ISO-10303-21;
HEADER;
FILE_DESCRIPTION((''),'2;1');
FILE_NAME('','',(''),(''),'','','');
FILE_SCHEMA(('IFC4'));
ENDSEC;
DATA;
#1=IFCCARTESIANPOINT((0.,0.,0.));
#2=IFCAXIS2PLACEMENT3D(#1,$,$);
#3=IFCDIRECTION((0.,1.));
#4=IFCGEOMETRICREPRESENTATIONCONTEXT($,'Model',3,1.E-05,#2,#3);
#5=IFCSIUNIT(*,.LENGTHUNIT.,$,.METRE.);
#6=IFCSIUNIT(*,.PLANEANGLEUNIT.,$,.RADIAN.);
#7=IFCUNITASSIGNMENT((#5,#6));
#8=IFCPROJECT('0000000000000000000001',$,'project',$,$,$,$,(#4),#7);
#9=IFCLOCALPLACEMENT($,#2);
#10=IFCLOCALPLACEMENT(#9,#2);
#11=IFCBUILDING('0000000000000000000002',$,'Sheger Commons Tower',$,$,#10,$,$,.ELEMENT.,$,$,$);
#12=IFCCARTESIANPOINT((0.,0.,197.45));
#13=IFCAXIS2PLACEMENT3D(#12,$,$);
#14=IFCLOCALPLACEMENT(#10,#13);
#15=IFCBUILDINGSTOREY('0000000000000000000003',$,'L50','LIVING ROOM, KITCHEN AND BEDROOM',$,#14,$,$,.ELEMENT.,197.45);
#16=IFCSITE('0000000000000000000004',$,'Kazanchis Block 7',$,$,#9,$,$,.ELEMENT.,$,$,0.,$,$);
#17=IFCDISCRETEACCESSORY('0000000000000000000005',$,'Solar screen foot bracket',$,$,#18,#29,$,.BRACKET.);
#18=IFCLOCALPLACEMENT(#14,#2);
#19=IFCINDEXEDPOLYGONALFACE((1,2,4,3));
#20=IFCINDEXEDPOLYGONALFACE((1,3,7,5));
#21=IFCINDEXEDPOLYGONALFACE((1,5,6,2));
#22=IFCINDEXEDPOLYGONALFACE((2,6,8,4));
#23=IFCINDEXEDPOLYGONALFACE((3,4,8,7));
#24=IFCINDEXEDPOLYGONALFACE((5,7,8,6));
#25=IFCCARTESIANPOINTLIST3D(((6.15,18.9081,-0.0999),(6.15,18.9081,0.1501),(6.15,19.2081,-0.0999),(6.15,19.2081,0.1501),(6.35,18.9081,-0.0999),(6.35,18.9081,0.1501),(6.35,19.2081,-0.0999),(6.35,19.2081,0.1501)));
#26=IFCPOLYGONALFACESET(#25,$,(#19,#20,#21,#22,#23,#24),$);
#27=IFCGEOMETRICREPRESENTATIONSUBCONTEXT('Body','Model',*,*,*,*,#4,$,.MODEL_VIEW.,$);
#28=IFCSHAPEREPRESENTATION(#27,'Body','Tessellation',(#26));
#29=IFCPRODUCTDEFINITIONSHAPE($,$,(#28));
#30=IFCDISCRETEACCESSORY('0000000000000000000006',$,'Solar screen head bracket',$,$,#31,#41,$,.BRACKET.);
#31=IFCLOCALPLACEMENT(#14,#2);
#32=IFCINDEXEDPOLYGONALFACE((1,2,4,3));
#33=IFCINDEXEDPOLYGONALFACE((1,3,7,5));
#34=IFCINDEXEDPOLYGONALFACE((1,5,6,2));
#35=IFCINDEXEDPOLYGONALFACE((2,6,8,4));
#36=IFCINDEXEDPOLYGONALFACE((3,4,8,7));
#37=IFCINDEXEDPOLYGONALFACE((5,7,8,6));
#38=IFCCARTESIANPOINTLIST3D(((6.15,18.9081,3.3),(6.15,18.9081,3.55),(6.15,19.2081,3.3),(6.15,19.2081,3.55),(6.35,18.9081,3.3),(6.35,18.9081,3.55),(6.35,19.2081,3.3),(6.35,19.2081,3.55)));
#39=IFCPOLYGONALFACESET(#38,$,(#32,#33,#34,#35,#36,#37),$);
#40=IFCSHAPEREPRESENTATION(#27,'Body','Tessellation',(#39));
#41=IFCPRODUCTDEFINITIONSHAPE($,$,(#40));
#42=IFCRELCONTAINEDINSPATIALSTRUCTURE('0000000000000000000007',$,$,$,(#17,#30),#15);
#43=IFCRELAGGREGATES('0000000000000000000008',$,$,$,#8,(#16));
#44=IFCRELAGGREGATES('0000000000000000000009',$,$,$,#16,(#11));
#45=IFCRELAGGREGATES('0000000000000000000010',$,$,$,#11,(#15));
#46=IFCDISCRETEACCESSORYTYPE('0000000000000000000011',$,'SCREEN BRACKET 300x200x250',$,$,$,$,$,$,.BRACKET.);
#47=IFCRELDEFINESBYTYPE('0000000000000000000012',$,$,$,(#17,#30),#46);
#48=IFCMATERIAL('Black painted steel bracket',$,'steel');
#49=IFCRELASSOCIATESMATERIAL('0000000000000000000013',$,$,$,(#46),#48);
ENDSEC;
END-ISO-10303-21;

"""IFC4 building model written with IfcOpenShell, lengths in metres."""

from ifc_helpers import new_model, si_unit, direction, frame, origin, origin_2d, place, context, subcontext, project, spatial, rectangle, extrude, material, type_object, element, save


model = new_model("IFC4")

# Units and contexts
model_context = context("Model", 3, precision=1e-05, world=origin(), true_north=direction((0.0, 1.0)))
body_context = subcontext(model_context, "Body", "Model", "MODEL_VIEW")
ifc_project = project(units=[si_unit("LENGTHUNIT", "METRE"), si_unit("PLANEANGLEUNIT", "RADIAN")], contexts=[model_context])

# Site, building, storey
site_placement = place(None, origin())
site = spatial("IfcSite", under=ifc_project, at=site_placement, Name="Kazanchis Block 7", CompositionType="ELEMENT", RefElevation=0.0)
building_placement = place(site_placement, origin())
building = spatial("IfcBuilding", under=site, at=building_placement, Name="Sheger Commons Tower", CompositionType="ELEMENT")
storey_placement = place(building_placement, frame((0.0, 0.0, 197.45)))
storey = spatial("IfcBuildingStorey", under=building, at=storey_placement, Name="L50", Description="LIVING ROOM, KITCHEN AND BEDROOM", CompositionType="ELEMENT", Elevation=197.45)

# Discrete accessories
ifc_material_1 = material(Name="Black painted steel bracket", Category="steel")
discrete_accessory_type = type_object("IfcDiscreteAccessoryType", Name="SCREEN BRACKET 300x200x250", PredefinedType="BRACKET", material=ifc_material_1)
for number, where, z_axis, x_axis, name in (
    (1, (6.25, 19.0581, -0.0999), (0.0, 0.0, 1.0), (0.0, -1.0, 0.0), "Solar screen foot bracket"),
    (2, (6.25, 19.0581, 3.3), (0.0, 0.0, 1.0), (0.0, -1.0, 0.0), "Solar screen head bracket"),
):
    element("IfcDiscreteAccessory", number, at=place(storey_placement, frame(where, z_axis=z_axis, x_axis=x_axis)), inside=storey, type_object=discrete_accessory_type, Name=name, PredefinedType="BRACKET", context=body_context, shape_type="SweptSolid", body=[
        extrude(rectangle(XDim=0.3, YDim=0.2, at=origin_2d()), origin(), (0.0, 0.0, 1.0), 0.25),
    ])

save(model, "model.ifc")
